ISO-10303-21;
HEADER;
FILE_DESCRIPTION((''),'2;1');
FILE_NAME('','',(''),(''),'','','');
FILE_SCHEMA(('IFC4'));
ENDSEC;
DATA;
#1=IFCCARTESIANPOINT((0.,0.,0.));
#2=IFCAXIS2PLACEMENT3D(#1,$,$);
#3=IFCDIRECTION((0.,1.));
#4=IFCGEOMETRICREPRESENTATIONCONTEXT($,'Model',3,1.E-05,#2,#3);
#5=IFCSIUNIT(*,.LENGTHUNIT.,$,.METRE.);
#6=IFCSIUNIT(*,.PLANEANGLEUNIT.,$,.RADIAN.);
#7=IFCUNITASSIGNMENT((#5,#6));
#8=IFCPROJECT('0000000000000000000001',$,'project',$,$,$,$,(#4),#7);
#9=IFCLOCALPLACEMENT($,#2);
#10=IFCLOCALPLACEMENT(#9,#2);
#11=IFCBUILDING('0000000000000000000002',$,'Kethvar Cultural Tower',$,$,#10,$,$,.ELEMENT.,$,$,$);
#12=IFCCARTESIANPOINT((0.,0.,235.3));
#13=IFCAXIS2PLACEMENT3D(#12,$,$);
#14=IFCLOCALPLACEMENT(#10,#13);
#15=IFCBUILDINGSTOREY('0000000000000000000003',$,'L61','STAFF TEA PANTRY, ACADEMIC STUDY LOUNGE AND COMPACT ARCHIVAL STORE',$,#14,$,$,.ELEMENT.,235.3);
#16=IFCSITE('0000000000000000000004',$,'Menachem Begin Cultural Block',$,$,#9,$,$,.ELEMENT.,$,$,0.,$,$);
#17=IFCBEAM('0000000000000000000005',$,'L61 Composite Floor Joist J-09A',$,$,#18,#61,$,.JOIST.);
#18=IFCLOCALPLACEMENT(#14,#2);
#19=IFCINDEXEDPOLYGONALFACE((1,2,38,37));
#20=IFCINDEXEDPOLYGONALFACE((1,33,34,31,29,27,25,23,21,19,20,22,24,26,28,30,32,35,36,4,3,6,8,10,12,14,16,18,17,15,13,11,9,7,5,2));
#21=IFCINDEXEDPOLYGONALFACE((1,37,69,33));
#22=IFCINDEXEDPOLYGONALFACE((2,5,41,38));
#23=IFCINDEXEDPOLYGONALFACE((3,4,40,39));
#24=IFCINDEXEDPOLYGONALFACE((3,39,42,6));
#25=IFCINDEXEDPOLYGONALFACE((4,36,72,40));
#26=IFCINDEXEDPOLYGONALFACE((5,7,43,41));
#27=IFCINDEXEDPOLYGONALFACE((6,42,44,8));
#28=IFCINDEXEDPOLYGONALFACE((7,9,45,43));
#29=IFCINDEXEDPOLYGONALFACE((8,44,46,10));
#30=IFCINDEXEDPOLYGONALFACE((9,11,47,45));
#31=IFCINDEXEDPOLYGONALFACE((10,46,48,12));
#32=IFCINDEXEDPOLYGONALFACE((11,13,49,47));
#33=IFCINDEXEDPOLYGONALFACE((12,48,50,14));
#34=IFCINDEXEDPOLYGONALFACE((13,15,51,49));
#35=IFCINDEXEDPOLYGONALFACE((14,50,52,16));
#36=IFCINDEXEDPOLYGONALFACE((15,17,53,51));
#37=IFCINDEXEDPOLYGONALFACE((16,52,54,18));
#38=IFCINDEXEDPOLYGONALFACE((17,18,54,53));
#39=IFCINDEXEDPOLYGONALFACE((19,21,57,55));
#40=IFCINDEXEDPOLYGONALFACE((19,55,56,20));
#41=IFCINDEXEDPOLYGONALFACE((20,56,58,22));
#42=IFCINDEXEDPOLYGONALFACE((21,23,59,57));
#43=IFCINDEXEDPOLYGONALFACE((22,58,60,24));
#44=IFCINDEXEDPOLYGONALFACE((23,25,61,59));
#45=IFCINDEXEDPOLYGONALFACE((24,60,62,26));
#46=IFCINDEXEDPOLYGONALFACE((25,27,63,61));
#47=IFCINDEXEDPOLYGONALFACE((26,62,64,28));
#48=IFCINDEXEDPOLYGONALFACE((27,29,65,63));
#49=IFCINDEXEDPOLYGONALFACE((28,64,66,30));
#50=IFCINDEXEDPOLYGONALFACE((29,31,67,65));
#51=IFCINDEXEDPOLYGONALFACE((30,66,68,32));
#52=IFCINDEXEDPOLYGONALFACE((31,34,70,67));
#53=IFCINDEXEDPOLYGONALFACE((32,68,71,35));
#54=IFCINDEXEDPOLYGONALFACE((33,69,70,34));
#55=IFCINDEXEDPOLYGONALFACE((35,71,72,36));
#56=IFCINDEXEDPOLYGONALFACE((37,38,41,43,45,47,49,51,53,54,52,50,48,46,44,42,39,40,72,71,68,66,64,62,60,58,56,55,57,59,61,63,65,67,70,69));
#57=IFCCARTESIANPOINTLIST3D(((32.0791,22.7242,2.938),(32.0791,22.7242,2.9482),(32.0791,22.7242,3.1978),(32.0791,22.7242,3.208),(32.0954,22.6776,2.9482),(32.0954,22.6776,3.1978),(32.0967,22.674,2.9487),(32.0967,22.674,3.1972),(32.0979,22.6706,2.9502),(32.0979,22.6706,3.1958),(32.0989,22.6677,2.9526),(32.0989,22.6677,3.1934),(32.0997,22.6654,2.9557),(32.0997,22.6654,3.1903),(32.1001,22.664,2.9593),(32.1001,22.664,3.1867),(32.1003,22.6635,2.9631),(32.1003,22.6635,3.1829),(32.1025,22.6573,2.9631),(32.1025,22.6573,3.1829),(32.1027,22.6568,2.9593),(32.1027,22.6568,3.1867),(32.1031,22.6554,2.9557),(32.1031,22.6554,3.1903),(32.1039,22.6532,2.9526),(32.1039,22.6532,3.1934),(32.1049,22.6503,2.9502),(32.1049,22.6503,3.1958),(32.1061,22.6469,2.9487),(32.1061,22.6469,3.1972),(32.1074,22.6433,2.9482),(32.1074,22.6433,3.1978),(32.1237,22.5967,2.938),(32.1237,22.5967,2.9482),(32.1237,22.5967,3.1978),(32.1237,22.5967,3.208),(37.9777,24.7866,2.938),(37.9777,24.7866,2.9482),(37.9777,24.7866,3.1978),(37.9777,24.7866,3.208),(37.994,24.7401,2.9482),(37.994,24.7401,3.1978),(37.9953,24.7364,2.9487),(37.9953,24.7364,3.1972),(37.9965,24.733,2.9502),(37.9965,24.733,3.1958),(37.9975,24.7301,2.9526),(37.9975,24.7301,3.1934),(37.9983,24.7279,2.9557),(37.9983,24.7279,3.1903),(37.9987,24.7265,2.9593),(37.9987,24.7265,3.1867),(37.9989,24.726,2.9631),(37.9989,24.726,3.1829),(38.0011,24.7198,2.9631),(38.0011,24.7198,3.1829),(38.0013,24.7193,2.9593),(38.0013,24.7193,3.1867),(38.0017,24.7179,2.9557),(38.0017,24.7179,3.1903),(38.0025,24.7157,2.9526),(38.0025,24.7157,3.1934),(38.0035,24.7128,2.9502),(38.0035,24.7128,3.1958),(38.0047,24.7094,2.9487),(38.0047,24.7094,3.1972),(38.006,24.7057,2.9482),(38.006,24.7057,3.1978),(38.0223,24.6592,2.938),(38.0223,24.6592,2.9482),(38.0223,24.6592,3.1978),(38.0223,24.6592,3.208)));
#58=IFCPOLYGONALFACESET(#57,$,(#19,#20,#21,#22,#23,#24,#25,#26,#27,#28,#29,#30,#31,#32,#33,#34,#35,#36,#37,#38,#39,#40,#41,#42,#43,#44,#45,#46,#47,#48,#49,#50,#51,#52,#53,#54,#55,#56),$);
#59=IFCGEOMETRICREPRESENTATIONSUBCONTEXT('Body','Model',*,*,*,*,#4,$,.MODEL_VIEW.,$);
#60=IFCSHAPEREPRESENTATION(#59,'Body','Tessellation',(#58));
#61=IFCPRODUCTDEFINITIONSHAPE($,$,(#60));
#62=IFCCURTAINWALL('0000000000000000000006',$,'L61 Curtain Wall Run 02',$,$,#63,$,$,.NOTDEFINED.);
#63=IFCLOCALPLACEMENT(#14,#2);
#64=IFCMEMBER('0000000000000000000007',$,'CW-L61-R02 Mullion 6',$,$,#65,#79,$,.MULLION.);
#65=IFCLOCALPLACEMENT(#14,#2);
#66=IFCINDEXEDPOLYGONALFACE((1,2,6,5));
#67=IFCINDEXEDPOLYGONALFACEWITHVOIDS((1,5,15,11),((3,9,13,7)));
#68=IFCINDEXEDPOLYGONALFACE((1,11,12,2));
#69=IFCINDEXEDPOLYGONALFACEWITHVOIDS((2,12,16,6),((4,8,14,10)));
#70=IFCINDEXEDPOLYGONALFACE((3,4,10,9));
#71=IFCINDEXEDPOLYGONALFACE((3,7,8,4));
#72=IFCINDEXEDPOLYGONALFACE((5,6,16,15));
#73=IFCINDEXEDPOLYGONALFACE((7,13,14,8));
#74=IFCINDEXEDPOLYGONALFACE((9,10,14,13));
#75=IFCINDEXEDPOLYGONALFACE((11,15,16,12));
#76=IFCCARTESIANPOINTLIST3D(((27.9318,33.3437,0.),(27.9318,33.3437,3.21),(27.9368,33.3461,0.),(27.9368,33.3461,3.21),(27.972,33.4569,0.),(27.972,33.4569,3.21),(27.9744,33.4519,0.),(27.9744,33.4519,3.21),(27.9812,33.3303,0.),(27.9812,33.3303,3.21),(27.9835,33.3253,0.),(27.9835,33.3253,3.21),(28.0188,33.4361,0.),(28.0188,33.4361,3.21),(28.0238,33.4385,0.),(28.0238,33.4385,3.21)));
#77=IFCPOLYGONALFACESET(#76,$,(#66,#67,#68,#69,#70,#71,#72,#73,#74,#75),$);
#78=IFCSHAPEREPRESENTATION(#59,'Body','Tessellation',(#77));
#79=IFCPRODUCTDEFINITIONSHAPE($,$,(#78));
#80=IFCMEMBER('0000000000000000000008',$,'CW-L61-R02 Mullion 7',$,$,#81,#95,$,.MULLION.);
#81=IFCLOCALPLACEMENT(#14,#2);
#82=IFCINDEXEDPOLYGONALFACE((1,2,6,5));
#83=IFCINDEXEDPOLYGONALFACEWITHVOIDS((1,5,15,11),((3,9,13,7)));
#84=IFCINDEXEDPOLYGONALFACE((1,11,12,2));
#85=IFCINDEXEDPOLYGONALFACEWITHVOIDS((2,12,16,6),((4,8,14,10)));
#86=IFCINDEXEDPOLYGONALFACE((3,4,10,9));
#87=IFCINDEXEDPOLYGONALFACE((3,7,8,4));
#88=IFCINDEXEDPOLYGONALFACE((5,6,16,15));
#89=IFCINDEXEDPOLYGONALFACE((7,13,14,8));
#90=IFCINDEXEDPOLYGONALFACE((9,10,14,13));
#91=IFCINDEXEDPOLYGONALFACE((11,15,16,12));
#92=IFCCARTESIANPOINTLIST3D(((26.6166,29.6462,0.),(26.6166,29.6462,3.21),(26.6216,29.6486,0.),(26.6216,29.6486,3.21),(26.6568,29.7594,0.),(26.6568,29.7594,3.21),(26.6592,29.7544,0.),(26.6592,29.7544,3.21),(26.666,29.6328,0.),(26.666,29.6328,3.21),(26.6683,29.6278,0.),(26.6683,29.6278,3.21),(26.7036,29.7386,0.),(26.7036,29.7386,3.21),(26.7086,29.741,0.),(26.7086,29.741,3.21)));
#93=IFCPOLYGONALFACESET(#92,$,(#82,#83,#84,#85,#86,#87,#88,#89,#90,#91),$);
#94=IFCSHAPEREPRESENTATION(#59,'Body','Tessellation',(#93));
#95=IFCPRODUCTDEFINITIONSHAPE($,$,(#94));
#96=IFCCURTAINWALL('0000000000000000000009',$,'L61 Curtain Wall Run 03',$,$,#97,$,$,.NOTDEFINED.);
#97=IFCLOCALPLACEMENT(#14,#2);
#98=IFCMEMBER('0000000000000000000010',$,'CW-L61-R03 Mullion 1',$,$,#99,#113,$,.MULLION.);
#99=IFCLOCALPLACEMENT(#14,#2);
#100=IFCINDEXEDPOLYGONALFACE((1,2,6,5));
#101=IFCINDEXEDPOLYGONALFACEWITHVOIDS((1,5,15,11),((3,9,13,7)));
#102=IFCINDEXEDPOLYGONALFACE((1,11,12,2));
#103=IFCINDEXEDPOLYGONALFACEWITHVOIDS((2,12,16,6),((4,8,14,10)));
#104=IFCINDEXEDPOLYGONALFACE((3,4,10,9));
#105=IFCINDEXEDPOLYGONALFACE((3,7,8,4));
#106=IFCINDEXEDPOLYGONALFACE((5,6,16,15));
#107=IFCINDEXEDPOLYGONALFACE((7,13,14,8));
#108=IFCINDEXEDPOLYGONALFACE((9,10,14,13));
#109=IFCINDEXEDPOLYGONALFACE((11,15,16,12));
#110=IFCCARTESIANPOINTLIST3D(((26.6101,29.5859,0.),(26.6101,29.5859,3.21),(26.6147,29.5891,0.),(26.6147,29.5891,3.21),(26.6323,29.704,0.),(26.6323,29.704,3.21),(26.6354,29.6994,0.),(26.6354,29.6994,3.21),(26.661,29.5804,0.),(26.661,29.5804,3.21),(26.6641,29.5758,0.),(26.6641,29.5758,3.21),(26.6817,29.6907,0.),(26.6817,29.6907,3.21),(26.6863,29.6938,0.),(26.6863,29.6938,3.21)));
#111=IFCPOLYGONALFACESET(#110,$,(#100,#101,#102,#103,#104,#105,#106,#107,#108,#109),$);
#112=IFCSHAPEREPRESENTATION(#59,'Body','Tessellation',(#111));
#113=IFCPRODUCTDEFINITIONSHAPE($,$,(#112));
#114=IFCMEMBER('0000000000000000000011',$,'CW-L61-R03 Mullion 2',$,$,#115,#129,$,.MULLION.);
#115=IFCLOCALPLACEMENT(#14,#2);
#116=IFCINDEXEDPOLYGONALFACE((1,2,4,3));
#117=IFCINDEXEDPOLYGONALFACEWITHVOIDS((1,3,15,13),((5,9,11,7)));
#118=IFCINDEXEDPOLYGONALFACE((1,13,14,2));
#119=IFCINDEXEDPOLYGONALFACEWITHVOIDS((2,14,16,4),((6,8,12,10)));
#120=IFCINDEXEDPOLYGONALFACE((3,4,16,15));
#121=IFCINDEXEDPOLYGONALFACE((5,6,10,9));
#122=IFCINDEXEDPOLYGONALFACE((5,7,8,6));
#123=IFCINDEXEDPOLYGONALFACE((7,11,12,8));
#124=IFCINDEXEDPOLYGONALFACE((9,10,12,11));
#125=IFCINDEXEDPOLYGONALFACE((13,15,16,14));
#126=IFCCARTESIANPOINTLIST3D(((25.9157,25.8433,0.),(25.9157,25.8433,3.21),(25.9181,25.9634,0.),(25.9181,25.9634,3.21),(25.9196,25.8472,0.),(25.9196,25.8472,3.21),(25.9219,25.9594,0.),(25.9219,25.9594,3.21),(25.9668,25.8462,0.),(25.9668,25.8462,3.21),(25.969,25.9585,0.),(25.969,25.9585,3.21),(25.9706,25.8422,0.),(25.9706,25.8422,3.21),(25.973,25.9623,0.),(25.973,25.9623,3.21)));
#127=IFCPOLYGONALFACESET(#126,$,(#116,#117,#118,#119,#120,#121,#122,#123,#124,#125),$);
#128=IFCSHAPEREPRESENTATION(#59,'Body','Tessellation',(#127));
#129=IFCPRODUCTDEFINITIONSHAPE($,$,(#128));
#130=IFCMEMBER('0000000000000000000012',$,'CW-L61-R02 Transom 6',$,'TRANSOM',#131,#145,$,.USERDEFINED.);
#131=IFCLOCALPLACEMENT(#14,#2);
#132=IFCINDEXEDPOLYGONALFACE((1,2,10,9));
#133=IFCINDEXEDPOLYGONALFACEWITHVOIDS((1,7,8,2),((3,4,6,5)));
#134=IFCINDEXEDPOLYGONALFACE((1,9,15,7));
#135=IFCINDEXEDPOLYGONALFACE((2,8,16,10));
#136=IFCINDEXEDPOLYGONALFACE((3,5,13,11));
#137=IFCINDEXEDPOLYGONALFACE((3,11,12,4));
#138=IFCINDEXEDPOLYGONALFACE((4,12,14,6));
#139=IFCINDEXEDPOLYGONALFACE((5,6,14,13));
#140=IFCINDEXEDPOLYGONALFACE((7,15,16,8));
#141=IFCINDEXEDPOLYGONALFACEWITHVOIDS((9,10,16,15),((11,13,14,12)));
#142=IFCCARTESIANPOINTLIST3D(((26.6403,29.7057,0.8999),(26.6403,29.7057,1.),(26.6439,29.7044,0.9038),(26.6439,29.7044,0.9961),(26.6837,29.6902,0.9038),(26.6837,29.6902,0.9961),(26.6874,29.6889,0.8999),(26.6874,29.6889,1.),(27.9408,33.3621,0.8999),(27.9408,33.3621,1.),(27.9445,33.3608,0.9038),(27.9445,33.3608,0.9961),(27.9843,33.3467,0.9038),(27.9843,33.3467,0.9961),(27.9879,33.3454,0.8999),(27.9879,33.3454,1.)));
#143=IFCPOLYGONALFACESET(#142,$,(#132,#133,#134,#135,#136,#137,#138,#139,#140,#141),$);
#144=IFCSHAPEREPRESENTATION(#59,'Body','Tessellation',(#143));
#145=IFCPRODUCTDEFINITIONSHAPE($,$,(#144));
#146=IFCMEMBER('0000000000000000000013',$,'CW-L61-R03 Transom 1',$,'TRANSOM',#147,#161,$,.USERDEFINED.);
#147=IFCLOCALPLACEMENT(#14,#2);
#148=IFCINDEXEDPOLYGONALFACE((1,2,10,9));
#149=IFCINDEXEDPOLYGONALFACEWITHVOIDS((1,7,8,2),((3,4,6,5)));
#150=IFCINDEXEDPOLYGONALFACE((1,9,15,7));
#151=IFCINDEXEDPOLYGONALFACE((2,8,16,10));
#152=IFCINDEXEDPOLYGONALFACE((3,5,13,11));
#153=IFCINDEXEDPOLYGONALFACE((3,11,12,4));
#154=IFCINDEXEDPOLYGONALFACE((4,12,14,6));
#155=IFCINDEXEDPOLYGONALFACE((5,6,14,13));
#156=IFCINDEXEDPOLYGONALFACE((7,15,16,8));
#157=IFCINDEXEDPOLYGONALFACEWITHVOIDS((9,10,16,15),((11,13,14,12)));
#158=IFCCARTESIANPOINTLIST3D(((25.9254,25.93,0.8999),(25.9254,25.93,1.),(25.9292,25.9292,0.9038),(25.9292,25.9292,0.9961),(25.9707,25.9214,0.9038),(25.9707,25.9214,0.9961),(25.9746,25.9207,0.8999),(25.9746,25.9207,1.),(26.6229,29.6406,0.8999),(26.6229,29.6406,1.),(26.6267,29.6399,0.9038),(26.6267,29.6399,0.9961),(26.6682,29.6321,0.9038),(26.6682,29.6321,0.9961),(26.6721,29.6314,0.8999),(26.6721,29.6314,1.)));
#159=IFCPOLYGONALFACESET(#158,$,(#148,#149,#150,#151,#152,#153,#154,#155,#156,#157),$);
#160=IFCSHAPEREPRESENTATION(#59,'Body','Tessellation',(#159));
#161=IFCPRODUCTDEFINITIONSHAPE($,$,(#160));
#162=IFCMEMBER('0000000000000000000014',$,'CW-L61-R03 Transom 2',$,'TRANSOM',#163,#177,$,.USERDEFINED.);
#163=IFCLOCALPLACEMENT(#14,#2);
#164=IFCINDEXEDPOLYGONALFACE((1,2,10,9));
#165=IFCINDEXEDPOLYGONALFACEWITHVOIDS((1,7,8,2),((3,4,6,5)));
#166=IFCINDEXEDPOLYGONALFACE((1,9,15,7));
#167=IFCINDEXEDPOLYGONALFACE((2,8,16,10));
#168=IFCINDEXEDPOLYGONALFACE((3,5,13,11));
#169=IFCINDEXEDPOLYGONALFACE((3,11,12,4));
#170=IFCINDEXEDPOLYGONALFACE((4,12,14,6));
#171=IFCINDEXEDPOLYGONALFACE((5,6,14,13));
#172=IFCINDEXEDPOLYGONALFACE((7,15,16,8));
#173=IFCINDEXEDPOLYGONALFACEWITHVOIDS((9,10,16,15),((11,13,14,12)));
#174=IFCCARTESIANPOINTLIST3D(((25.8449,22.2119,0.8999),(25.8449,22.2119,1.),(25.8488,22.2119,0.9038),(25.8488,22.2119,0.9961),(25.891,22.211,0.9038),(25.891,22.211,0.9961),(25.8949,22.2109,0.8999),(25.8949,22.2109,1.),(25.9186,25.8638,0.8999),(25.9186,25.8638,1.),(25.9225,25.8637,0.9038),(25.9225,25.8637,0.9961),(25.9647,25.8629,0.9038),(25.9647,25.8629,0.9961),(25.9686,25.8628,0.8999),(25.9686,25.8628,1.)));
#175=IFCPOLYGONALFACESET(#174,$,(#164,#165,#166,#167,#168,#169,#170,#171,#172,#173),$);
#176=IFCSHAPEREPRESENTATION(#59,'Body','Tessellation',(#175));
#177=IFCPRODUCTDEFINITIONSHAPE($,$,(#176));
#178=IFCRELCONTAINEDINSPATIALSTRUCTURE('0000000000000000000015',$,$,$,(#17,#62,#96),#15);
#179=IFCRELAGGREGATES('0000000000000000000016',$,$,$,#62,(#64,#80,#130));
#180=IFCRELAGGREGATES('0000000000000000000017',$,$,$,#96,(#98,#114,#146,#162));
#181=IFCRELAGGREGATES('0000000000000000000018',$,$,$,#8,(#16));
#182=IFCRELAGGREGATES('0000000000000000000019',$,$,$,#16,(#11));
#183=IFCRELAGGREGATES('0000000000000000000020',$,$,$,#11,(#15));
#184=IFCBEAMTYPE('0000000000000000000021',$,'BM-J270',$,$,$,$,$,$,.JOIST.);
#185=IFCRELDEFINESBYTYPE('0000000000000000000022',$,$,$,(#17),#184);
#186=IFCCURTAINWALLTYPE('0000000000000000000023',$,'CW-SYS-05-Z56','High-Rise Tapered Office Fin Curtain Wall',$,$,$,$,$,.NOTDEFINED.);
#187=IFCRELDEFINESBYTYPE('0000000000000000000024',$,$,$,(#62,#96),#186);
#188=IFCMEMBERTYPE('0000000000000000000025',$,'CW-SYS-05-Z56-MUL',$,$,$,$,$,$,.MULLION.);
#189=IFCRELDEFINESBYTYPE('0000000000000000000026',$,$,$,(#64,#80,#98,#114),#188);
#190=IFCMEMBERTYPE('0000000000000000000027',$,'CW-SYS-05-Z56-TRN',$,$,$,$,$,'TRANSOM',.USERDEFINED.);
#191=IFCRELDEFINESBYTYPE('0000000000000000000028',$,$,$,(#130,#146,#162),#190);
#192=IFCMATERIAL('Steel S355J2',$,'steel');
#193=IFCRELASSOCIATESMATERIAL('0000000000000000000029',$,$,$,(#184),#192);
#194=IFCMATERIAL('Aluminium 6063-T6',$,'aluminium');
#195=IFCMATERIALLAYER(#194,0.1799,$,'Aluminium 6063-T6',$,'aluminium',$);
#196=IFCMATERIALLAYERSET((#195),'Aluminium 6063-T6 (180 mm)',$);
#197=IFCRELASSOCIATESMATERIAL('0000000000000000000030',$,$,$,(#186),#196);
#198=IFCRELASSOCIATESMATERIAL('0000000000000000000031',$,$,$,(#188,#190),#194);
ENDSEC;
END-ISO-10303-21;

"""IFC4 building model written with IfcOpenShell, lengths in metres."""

from ifc_helpers import new_model, si_unit, direction, frame, origin, origin_2d, place, context, subcontext, project, spatial, hollow_rectangle, i_section, extrude, source, transform, mapped, material, layer, layer_set, material_profile, profile_set, type_object, element, aggregate, save


model = new_model("IFC4")

# Units and contexts
model_context = context("Model", 3, precision=1e-05, world=origin(), true_north=direction((0.0, 1.0)))
body_context = subcontext(model_context, "Body", "Model", "MODEL_VIEW")
ifc_project = project(units=[si_unit("LENGTHUNIT", "METRE"), si_unit("PLANEANGLEUNIT", "RADIAN")], contexts=[model_context])

# Site, building, storey
site_placement = place(None, origin())
site = spatial("IfcSite", under=ifc_project, at=site_placement, Name="Menachem Begin Cultural Block", CompositionType="ELEMENT", RefElevation=0.0)
building_placement = place(site_placement, origin())
building = spatial("IfcBuilding", under=site, at=building_placement, Name="Kethvar Cultural Tower", CompositionType="ELEMENT")
storey_placement = place(building_placement, frame((0.0, 0.0, 235.3)))
storey = spatial("IfcBuildingStorey", under=building, at=storey_placement, Name="L61", Description="STAFF TEA PANTRY, ACADEMIC STUDY LOUNGE AND COMPACT ARCHIVAL STORE", CompositionType="ELEMENT", Elevation=235.3)

# Beam
ifc_material_1 = material(Name="Steel S355J2", Category="steel")
ifc_material_profile_1 = material_profile(ifc_material_1, i_section(OverallWidth=0.135, OverallDepth=0.27, WebThickness=0.0066, FlangeThickness=0.0103, FilletRadius=0.0149, at=origin_2d()), Name="Steel S355J2 — IPE270")
ifc_profile_set_1 = profile_set([ifc_material_profile_1], Name="Steel S355J2 — IPE270")
beam_type_1 = type_object("IfcBeamType", Name="BM-J270", PredefinedType="JOIST", material=ifc_profile_set_1)
shared_shape_1 = source(origin(), body_context, "Body", "SweptSolid", [
    extrude(i_section(OverallWidth=0.135, OverallDepth=0.27, WebThickness=0.0066, FlangeThickness=0.0103, FilletRadius=0.0149, at=origin_2d()), origin(), (0.0, 0.0, 1.0), 6.2488),
])
beam_1_placement = place(storey_placement, frame((38.0, 24.7229, 3.073), z_axis=(-0.94396, -0.33006, 0.0), x_axis=(0.33006, -0.94396, 0.0)))
element("IfcBeam", 1, at=beam_1_placement, inside=storey, type_object=beam_type_1, Name="L61 Composite Floor Joist J-09A", PredefinedType="JOIST", context=body_context, shape_type="MappedRepresentation", body=[
    mapped(shared_shape_1, transform((0.0, 0.0, 0.0), scale=1.0)),
])

# Curtain walls, members
ifc_material_2 = material(Name="Aluminium 6063-T6", Category="aluminium")
ifc_layer_1 = layer(ifc_material_2, 0.1799, Name="Aluminium 6063-T6", Category="aluminium")
ifc_layer_set_1 = layer_set([ifc_layer_1], Name="Aluminium 6063-T6 (180 mm)")
curtain_wall_type = type_object("IfcCurtainWallType", Name="CW-SYS-05-Z56", Description="High-Rise Tapered Office Fin Curtain Wall", PredefinedType="NOTDEFINED", material=ifc_layer_set_1)
curtain_wall_1_placement = place(storey_placement, origin())
curtain_wall_1 = element("IfcCurtainWall", 2, at=curtain_wall_1_placement, inside=storey, type_object=curtain_wall_type, Name="L61 Curtain Wall Run 02", PredefinedType="NOTDEFINED")
ifc_material_profile_2 = material_profile(ifc_material_2, hollow_rectangle(XDim=0.0549, YDim=0.1201, WallThickness=0.0039, at=origin_2d()), Name="Aluminium 6063-T6 — RHS120x55x4")
ifc_profile_set_2 = profile_set([ifc_material_profile_2], Name="Aluminium 6063-T6 — RHS120x55x4")
member_type_1 = type_object("IfcMemberType", Name="CW-SYS-05-Z56-MUL", PredefinedType="MULLION", material=ifc_profile_set_2)
shared_shape_2 = source(origin(), body_context, "Body", "SweptSolid", [
    extrude(hollow_rectangle(XDim=0.0549, YDim=0.1201, WallThickness=0.0039, at=origin_2d()), origin(), (0.0, 0.0, 1.0), 3.21),
])
member_1_placement = place(storey_placement, frame((27.9778, 33.3911, 0.0), z_axis=(0.0, 0.0, 1.0), x_axis=(0.942174, -0.335123, 0.0)))
member_1 = element("IfcMember", 3, at=member_1_placement, type_object=member_type_1, Name="CW-L61-R02 Mullion 6", PredefinedType="MULLION", context=body_context, shape_type="MappedRepresentation", body=[
    mapped(shared_shape_2, transform((0.0, 0.0, 0.0), scale=1.0)),
])
member_2_placement = place(storey_placement, frame((26.6626, 29.6936, 0.0), z_axis=(0.0, 0.0, 1.0), x_axis=(0.942174, -0.335123, 0.0)))
member_2 = element("IfcMember", 4, at=member_2_placement, type_object=member_type_1, Name="CW-L61-R02 Mullion 7", PredefinedType="MULLION", context=body_context, shape_type="MappedRepresentation", body=[
    mapped(shared_shape_2, transform((0.0, 0.0, 0.0), scale=1.0)),
])
curtain_wall_2_placement = place(storey_placement, origin())
curtain_wall_2 = element("IfcCurtainWall", 5, at=curtain_wall_2_placement, inside=storey, type_object=curtain_wall_type, Name="L61 Curtain Wall Run 03", PredefinedType="NOTDEFINED")
member_3_placement = place(storey_placement, frame((26.6482, 29.6399, 0.0), z_axis=(0.0, 0.0, 1.0), x_axis=(0.982794, -0.184706, 0.0)))
member_3 = element("IfcMember", 6, at=member_3_placement, type_object=member_type_1, Name="CW-L61-R03 Mullion 1", PredefinedType="MULLION", context=body_context, shape_type="MappedRepresentation", body=[
    mapped(shared_shape_2, transform((0.0, 0.0, 0.0), scale=1.0)),
])
member_4_placement = place(storey_placement, frame((25.9443, 25.9028, 0.0), z_axis=(0.0, 0.0, 1.0), x_axis=(0.999796, -0.020175, 0.0)))
member_4 = element("IfcMember", 7, at=member_4_placement, type_object=member_type_1, Name="CW-L61-R03 Mullion 2", PredefinedType="MULLION", context=body_context, shape_type="MappedRepresentation", body=[
    mapped(shared_shape_2, transform((0.0, 0.0, 0.0), scale=1.0)),
])

# Members
ifc_material_profile_3 = material_profile(ifc_material_2, hollow_rectangle(XDim=0.05, YDim=0.1001, WallThickness=0.0039, at=origin_2d()), Name="Aluminium 6063-T6 — RHS100x50x4")
ifc_profile_set_3 = profile_set([ifc_material_profile_3], Name="Aluminium 6063-T6 — RHS100x50x4")
member_type_2 = type_object("IfcMemberType", Name="CW-SYS-05-Z56-TRN", ElementType="TRANSOM", PredefinedType="USERDEFINED", material=ifc_profile_set_3)
shared_shape_3 = source(origin(), body_context, "Body", "SweptSolid", [
    extrude(hollow_rectangle(XDim=0.05, YDim=0.1001, WallThickness=0.0039, at=origin_2d()), origin(), (0.0, 0.0, 1.0), 3.8809),
])
member_5_placement = place(storey_placement, frame((27.9644, 33.3538, 0.95), z_axis=(-0.335113, -0.942178, 0.0), x_axis=(0.942178, -0.335113, 0.0)))
member_5 = element("IfcMember", 8, at=member_5_placement, type_object=member_type_2, Name="CW-L61-R02 Transom 6", ObjectType="TRANSOM", PredefinedType="USERDEFINED", context=body_context, shape_type="MappedRepresentation", body=[
    mapped(shared_shape_3, transform((0.0, 0.0, 0.0), scale=1.0)),
])
shared_shape_4 = source(origin(), body_context, "Body", "SweptSolid", [
    extrude(hollow_rectangle(XDim=0.05, YDim=0.1001, WallThickness=0.0039, at=origin_2d()), origin(), (0.0, 0.0, 1.0), 3.7756),
])
member_6_placement = place(storey_placement, frame((26.6475, 29.636, 0.95), z_axis=(-0.184737, -0.982788, 0.0), x_axis=(0.982788, -0.184737, 0.0)))
member_6 = element("IfcMember", 9, at=member_6_placement, type_object=member_type_2, Name="CW-L61-R03 Transom 1", ObjectType="TRANSOM", PredefinedType="USERDEFINED", context=body_context, shape_type="MappedRepresentation", body=[
    mapped(shared_shape_4, transform((0.0, 0.0, 0.0), scale=1.0)),
])
shared_shape_5 = source(origin(), body_context, "Body", "SweptSolid", [
    extrude(hollow_rectangle(XDim=0.05, YDim=0.1001, WallThickness=0.0039, at=origin_2d()), origin(), (0.0, 0.0, 1.0), 3.6526),
])
member_7_placement = place(storey_placement, frame((25.9436, 25.8633, 0.95), z_axis=(-0.020186, -0.999796, 0.0), x_axis=(0.999796, -0.020186, 0.0)))
member_7 = element("IfcMember", 10, at=member_7_placement, type_object=member_type_2, Name="CW-L61-R03 Transom 2", ObjectType="TRANSOM", PredefinedType="USERDEFINED", context=body_context, shape_type="MappedRepresentation", body=[
    mapped(shared_shape_5, transform((0.0, 0.0, 0.0), scale=1.0)),
])

aggregate(curtain_wall_1, [member_1, member_2, member_5])
aggregate(curtain_wall_2, [member_3, member_4, member_6, member_7])

save(model, "model.ifc")
